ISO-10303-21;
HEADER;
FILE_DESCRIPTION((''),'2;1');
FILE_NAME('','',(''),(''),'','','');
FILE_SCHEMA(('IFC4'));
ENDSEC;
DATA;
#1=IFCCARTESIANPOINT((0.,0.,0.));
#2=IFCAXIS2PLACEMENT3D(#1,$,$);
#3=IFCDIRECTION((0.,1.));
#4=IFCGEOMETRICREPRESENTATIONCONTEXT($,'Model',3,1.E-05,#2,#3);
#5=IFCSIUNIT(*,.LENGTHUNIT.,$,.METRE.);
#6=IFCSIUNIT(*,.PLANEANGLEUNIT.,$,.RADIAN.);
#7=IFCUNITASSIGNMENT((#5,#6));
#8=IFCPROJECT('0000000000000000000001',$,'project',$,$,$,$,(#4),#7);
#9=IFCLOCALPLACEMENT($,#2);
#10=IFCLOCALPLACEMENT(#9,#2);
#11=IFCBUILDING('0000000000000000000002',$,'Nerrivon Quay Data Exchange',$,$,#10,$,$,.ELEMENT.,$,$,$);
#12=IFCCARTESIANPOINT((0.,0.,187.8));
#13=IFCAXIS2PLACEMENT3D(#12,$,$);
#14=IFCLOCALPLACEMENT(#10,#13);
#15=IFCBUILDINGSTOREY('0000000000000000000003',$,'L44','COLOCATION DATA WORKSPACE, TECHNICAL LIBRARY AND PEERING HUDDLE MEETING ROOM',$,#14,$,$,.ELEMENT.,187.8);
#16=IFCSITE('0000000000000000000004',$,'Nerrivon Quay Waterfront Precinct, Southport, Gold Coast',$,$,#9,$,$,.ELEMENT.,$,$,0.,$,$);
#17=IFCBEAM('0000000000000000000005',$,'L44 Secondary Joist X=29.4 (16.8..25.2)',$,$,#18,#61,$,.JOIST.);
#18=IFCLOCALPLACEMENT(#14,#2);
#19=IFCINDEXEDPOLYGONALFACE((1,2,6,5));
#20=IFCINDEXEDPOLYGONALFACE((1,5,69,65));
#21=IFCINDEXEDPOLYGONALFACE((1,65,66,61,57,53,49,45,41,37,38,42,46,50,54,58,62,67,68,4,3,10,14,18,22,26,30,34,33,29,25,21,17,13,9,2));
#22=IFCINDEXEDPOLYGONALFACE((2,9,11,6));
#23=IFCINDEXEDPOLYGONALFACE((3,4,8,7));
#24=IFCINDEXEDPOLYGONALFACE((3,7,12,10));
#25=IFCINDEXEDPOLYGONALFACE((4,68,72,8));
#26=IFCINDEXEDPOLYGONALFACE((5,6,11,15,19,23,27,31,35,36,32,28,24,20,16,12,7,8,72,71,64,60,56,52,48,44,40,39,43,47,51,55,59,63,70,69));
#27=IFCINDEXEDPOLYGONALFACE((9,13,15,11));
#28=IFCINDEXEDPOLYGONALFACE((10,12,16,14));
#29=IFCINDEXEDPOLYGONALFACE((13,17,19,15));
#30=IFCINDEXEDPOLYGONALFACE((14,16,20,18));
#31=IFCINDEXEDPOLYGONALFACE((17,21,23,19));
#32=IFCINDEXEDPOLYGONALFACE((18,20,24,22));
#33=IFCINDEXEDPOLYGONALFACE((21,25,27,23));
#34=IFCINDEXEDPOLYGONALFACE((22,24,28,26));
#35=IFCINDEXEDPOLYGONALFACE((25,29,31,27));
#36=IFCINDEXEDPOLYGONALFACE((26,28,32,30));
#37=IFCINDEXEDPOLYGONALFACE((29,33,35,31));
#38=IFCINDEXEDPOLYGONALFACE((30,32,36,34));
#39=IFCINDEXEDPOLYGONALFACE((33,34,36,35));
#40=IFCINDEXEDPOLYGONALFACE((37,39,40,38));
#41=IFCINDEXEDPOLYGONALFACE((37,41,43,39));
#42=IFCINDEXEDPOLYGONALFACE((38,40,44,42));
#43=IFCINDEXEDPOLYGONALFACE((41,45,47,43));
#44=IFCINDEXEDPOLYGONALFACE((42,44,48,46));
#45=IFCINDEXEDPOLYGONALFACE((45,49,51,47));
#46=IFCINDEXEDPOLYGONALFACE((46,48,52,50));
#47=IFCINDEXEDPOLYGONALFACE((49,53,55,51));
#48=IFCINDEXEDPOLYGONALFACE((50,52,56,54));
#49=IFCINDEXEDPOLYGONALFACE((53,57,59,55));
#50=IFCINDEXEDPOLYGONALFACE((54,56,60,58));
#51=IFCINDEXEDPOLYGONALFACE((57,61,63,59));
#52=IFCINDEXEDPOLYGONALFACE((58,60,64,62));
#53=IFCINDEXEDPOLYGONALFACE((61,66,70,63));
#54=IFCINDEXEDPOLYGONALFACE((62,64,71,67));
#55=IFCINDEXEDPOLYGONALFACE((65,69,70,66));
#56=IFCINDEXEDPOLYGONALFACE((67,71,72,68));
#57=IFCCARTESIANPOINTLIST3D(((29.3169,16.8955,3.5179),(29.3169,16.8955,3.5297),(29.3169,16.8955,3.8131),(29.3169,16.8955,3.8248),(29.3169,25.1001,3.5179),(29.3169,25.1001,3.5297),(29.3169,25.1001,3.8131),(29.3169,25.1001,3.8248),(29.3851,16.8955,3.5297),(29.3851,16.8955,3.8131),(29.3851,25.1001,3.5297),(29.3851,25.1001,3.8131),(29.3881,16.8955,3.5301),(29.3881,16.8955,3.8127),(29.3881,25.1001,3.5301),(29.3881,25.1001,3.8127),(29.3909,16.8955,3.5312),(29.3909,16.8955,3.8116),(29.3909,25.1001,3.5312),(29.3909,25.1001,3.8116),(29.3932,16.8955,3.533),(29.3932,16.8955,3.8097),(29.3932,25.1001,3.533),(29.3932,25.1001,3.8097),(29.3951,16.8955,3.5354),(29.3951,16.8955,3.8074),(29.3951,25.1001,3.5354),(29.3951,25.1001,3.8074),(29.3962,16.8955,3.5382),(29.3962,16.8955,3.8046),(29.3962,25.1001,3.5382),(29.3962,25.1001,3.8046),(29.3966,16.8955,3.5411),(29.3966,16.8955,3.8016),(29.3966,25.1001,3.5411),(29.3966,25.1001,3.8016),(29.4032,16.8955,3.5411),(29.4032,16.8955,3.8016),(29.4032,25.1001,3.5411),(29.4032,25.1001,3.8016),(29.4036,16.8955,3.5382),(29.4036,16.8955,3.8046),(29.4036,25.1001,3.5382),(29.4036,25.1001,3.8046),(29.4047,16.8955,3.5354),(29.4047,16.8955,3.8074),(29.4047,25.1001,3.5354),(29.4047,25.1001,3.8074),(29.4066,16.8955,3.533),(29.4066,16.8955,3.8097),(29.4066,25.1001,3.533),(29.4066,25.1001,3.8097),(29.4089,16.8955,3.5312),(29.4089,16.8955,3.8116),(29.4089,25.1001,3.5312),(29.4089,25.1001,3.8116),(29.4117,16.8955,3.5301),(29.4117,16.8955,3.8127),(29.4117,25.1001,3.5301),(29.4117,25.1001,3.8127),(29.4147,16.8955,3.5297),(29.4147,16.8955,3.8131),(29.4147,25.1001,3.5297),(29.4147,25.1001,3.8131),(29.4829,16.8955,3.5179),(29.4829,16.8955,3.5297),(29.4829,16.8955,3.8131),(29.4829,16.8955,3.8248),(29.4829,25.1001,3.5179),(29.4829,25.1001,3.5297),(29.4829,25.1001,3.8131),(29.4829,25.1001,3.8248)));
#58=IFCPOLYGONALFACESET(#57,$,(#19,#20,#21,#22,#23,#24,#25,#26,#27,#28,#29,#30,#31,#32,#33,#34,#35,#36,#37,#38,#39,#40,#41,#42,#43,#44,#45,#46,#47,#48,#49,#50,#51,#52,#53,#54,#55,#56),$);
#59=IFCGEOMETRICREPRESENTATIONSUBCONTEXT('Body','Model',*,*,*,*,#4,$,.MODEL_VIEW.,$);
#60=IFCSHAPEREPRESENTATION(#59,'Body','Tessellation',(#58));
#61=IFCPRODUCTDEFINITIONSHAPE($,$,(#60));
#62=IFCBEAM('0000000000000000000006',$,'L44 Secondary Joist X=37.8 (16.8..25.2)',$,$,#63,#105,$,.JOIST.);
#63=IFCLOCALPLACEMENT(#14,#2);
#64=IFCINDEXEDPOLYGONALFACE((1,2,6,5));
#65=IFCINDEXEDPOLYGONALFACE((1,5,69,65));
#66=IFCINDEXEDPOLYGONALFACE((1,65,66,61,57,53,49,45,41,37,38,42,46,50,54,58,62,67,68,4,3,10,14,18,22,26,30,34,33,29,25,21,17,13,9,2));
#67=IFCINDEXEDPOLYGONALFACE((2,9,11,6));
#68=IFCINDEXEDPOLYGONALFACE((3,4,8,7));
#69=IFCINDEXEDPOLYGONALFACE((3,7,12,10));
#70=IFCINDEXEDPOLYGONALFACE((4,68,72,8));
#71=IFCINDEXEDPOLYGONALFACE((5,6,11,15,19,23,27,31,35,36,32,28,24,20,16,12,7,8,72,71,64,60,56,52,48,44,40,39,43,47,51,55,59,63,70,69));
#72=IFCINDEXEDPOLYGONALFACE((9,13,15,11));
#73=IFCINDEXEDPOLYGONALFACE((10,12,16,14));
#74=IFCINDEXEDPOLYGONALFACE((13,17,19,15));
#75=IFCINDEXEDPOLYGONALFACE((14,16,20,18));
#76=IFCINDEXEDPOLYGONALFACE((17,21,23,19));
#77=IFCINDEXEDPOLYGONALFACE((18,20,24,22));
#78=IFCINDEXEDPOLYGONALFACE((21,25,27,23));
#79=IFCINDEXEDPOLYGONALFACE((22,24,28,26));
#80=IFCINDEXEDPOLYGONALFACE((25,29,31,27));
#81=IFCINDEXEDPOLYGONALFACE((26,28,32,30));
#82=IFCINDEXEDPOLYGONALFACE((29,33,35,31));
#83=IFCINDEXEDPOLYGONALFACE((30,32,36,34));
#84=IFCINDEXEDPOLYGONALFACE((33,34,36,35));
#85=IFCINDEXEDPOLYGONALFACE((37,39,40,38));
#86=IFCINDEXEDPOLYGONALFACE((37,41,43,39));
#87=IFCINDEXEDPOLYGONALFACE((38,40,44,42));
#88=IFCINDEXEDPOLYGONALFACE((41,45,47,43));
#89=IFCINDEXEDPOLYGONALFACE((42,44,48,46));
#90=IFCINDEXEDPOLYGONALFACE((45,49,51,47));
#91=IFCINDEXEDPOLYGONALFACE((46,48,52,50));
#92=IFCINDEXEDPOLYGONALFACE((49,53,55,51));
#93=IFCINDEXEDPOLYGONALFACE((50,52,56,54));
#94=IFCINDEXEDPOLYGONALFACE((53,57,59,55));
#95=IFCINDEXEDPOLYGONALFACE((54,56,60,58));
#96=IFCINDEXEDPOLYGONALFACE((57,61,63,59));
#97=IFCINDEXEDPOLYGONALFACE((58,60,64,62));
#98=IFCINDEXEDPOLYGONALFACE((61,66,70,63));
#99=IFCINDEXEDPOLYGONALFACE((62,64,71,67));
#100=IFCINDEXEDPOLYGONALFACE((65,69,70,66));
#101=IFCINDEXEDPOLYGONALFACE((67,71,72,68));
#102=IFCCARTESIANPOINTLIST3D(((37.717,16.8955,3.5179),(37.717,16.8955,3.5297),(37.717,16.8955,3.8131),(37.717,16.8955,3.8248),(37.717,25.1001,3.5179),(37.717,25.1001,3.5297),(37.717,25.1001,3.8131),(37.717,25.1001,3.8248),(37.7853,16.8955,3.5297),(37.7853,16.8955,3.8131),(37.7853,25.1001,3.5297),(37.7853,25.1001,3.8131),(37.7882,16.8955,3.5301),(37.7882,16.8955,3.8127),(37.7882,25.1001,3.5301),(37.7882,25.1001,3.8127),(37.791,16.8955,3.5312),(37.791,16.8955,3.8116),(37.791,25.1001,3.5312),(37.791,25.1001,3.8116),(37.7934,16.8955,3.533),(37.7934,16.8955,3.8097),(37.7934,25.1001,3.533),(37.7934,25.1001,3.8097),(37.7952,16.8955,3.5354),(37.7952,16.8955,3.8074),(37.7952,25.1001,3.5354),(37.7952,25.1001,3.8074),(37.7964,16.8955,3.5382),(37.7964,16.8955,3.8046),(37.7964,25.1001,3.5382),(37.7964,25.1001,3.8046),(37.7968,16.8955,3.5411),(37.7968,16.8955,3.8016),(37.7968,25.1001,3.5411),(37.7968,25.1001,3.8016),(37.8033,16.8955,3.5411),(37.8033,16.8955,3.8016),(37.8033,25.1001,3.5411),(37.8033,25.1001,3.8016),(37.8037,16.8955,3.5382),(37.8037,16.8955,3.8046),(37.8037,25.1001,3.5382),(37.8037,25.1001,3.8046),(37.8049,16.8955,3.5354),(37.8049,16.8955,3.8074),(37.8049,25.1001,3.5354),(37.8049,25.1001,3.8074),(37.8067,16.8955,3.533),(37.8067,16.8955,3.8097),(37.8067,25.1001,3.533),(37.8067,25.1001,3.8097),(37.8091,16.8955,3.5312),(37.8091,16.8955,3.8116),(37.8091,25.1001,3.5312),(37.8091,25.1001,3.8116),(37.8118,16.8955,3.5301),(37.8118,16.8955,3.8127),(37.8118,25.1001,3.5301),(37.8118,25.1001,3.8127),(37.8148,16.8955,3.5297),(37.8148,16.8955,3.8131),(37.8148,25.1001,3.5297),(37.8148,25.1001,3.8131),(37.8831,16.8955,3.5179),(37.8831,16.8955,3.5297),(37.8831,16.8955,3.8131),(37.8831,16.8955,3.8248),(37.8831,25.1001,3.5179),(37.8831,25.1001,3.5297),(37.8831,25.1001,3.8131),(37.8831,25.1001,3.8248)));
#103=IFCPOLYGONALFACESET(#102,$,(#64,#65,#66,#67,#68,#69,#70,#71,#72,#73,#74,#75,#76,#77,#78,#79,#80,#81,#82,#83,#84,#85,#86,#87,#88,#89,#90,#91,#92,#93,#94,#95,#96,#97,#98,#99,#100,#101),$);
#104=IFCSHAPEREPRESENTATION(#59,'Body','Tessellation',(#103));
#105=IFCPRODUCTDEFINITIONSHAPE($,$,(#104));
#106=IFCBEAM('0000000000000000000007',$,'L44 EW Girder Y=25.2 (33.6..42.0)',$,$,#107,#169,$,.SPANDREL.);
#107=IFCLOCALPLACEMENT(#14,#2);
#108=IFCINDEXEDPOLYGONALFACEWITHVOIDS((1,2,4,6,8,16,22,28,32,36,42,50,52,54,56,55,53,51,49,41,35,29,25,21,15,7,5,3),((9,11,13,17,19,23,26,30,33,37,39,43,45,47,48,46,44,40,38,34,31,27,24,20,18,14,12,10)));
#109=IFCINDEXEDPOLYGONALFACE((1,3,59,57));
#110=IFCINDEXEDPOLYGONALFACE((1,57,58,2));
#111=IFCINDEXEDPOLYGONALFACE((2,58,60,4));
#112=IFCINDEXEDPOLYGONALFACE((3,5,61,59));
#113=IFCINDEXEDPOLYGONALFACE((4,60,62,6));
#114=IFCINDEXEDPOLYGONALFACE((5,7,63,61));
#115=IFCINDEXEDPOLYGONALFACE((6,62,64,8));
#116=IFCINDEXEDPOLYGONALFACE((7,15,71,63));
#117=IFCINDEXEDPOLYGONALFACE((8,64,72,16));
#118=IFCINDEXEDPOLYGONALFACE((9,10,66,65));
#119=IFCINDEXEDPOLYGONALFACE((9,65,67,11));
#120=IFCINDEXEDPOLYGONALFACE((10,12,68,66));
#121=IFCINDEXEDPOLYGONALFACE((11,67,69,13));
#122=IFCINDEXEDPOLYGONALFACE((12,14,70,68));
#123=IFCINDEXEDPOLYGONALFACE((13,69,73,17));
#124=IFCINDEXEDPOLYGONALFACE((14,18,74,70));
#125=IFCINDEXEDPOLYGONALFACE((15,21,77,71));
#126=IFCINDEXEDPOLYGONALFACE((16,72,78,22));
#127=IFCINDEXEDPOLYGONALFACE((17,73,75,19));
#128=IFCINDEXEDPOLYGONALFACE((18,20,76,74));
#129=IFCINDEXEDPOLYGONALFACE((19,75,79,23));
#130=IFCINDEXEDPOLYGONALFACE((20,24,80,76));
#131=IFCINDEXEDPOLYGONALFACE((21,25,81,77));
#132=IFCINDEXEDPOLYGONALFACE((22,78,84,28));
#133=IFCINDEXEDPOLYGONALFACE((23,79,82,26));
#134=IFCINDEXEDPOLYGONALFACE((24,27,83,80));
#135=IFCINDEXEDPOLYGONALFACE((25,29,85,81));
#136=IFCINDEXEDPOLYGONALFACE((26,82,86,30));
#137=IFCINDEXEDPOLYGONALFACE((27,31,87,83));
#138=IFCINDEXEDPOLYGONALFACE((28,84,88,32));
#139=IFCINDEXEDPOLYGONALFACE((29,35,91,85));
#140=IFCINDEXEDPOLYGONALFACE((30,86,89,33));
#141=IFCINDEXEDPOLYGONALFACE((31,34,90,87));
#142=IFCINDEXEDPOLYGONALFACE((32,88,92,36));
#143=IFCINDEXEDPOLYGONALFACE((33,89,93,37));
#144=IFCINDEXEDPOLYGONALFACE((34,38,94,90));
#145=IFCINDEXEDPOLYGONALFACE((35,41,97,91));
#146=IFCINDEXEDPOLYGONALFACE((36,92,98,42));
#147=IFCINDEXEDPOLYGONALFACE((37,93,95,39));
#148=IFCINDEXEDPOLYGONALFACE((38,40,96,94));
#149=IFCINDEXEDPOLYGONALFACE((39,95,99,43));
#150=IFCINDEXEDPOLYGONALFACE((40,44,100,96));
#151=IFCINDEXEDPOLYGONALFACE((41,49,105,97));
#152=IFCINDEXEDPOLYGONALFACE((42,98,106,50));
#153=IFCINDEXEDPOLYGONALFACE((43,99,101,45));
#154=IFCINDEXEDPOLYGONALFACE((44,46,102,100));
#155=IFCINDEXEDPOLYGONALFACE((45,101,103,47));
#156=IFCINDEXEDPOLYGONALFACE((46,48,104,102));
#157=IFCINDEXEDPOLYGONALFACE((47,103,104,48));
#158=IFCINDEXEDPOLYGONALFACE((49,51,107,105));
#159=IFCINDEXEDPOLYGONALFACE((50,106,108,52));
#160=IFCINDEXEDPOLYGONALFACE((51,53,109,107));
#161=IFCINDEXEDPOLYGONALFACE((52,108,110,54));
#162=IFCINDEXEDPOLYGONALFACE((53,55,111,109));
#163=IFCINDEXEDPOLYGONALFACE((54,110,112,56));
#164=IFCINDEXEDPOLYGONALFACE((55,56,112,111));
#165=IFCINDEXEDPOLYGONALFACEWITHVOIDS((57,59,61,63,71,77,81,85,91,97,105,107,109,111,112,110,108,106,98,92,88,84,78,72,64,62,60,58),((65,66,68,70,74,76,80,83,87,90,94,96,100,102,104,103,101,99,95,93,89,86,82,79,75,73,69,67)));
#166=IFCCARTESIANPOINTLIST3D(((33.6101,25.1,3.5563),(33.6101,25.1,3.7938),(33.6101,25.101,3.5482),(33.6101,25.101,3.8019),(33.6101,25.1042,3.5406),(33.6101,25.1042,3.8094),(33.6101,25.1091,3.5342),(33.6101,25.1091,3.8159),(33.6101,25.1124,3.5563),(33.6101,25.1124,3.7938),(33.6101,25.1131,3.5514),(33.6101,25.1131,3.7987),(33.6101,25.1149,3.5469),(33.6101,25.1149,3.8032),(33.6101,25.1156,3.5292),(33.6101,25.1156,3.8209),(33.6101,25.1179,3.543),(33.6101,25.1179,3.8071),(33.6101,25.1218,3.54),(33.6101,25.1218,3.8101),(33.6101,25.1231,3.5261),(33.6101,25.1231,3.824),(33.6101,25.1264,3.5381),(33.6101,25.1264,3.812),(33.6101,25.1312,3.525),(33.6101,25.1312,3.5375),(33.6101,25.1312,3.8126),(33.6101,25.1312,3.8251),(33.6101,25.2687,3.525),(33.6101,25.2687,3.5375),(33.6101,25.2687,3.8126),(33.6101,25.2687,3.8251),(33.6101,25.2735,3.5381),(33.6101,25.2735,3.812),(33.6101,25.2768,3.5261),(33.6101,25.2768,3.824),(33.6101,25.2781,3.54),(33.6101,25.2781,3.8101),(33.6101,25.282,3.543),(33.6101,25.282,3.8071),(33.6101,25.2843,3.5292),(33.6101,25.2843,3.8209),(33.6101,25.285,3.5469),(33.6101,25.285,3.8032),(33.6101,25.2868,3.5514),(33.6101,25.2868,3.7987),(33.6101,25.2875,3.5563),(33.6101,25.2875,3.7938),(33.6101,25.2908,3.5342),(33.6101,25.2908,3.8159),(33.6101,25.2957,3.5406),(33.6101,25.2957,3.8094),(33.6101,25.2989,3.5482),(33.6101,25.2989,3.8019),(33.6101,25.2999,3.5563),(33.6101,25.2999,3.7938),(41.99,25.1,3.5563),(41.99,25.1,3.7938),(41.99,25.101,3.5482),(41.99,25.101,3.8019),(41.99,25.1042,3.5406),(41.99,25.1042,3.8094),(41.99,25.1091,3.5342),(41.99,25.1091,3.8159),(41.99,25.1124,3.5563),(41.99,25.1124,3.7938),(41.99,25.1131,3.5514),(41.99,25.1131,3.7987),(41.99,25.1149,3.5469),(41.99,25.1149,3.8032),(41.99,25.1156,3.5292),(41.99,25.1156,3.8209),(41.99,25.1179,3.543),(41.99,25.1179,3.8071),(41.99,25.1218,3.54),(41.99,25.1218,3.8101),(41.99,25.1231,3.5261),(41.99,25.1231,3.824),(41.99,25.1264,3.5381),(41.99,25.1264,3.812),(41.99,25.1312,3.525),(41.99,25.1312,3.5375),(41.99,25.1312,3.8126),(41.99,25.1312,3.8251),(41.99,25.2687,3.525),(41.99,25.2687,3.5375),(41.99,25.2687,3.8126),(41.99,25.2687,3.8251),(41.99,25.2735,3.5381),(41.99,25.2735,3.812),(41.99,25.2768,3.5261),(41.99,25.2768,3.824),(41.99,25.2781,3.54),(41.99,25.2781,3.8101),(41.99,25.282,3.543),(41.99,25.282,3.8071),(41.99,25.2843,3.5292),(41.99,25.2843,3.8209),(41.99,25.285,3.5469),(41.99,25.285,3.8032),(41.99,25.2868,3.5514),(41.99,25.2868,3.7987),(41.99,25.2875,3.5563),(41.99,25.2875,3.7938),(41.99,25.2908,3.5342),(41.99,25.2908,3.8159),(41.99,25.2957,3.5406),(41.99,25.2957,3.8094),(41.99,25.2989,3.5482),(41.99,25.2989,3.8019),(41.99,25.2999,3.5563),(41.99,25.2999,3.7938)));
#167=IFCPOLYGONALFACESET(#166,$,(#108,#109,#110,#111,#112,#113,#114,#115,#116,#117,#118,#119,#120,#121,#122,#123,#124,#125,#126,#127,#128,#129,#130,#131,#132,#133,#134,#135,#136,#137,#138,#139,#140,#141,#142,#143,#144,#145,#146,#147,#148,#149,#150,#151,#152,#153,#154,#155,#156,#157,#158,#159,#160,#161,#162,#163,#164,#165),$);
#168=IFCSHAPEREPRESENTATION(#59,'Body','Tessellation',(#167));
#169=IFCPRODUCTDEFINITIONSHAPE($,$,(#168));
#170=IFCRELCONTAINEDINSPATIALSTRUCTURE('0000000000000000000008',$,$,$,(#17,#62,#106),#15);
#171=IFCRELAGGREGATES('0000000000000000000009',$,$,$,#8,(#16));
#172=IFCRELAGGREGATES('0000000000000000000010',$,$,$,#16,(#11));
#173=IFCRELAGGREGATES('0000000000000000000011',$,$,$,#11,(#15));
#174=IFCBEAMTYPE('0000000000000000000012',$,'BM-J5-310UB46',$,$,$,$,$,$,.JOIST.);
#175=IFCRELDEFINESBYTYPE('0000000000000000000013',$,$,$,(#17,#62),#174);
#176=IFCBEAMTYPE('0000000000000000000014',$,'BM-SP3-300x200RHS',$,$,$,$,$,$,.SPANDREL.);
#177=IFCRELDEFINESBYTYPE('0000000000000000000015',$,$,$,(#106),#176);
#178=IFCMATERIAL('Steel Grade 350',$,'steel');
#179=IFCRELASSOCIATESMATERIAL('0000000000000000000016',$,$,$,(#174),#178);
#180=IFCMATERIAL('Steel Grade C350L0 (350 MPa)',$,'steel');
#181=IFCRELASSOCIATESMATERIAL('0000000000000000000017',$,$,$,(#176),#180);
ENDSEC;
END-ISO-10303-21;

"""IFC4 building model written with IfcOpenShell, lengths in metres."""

from ifc_helpers import new_model, si_unit, direction, frame, origin, origin_2d, place, context, subcontext, project, spatial, hollow_rectangle, i_section, extrude, material, material_profile, profile_set, type_object, element, save


model = new_model("IFC4")

# Units and contexts
model_context = context("Model", 3, precision=1e-05, world=origin(), true_north=direction((0.0, 1.0)))
body_context = subcontext(model_context, "Body", "Model", "MODEL_VIEW")
ifc_project = project(units=[si_unit("LENGTHUNIT", "METRE"), si_unit("PLANEANGLEUNIT", "RADIAN")], contexts=[model_context])

# Site, building, storey
site_placement = place(None, origin())
site = spatial("IfcSite", under=ifc_project, at=site_placement, Name="Nerrivon Quay Waterfront Precinct, Southport, Gold Coast", CompositionType="ELEMENT", RefElevation=0.0)
building_placement = place(site_placement, origin())
building = spatial("IfcBuilding", under=site, at=building_placement, Name="Nerrivon Quay Data Exchange", CompositionType="ELEMENT")
storey_placement = place(building_placement, frame((0.0, 0.0, 187.8)))
storey = spatial("IfcBuildingStorey", under=building, at=storey_placement, Name="L44", Description="COLOCATION DATA WORKSPACE, TECHNICAL LIBRARY AND PEERING HUDDLE MEETING ROOM", CompositionType="ELEMENT", Elevation=187.8)

# Shared definitions
ifc_material_1 = material(Name="Steel Grade 350", Category="steel")

# Beams
ifc_material_profile_1 = material_profile(ifc_material_1, i_section(OverallWidth=0.166, OverallDepth=0.3069, WebThickness=0.0066, FlangeThickness=0.0117, FilletRadius=0.0115, at=origin_2d()), Name="310UB46.2")
ifc_profile_set_1 = profile_set([ifc_material_profile_1], Name="Steel Grade 350")
beam_type_1 = type_object("IfcBeamType", Name="BM-J5-310UB46", PredefinedType="JOIST", material=ifc_profile_set_1)
for number, where, z_axis, x_axis, name in (
    (1, (29.3999, 16.8955, 3.6714), (0.0, 1.0, 0.0), (-1.0, 0.0, 0.0), "L44 Secondary Joist X=29.4 (16.8..25.2)"),
    (2, (37.8, 16.8955, 3.6714), (0.0, 1.0, 0.0), (-1.0, 0.0, 0.0), "L44 Secondary Joist X=37.8 (16.8..25.2)"),
):
    element("IfcBeam", number, at=place(storey_placement, frame(where, z_axis=z_axis, x_axis=x_axis)), inside=storey, type_object=beam_type_1, Name=name, PredefinedType="JOIST", context=body_context, shape_type="SweptSolid", body=[
        extrude(i_section(OverallWidth=0.166, OverallDepth=0.3069, WebThickness=0.0066, FlangeThickness=0.0117, FilletRadius=0.0115, at=origin_2d()), origin(), (0.0, 0.0, 1.0), 8.2046),
    ])
ifc_material_2 = material(Name="Steel Grade C350L0 (350 MPa)", Category="steel")
ifc_material_profile_2 = material_profile(ifc_material_2, hollow_rectangle(XDim=0.2, YDim=0.3, WallThickness=0.0125, InnerFilletRadius=0.0188, OuterFilletRadius=0.0312, at=origin_2d()), Name="300x200x12.5RHS")
ifc_profile_set_2 = profile_set([ifc_material_profile_2], Name="Steel Grade C350L0 (350 MPa)")
beam_type_2 = type_object("IfcBeamType", Name="BM-SP3-300x200RHS", PredefinedType="SPANDREL", material=ifc_profile_set_2)
beam_1_placement = place(storey_placement, frame((33.6101, 25.2, 3.675), z_axis=(1.0, 0.0, 0.0), x_axis=(0.0, 1.0, 0.0)))
element("IfcBeam", 3, at=beam_1_placement, inside=storey, type_object=beam_type_2, Name="L44 EW Girder Y=25.2 (33.6..42.0)", PredefinedType="SPANDREL", context=body_context, shape_type="SweptSolid", body=[
    extrude(hollow_rectangle(XDim=0.2, YDim=0.3, WallThickness=0.0125, InnerFilletRadius=0.0188, OuterFilletRadius=0.0312, at=origin_2d()), origin(), (0.0, 0.0, 1.0), 8.3799),
])

save(model, "model.ifc")
